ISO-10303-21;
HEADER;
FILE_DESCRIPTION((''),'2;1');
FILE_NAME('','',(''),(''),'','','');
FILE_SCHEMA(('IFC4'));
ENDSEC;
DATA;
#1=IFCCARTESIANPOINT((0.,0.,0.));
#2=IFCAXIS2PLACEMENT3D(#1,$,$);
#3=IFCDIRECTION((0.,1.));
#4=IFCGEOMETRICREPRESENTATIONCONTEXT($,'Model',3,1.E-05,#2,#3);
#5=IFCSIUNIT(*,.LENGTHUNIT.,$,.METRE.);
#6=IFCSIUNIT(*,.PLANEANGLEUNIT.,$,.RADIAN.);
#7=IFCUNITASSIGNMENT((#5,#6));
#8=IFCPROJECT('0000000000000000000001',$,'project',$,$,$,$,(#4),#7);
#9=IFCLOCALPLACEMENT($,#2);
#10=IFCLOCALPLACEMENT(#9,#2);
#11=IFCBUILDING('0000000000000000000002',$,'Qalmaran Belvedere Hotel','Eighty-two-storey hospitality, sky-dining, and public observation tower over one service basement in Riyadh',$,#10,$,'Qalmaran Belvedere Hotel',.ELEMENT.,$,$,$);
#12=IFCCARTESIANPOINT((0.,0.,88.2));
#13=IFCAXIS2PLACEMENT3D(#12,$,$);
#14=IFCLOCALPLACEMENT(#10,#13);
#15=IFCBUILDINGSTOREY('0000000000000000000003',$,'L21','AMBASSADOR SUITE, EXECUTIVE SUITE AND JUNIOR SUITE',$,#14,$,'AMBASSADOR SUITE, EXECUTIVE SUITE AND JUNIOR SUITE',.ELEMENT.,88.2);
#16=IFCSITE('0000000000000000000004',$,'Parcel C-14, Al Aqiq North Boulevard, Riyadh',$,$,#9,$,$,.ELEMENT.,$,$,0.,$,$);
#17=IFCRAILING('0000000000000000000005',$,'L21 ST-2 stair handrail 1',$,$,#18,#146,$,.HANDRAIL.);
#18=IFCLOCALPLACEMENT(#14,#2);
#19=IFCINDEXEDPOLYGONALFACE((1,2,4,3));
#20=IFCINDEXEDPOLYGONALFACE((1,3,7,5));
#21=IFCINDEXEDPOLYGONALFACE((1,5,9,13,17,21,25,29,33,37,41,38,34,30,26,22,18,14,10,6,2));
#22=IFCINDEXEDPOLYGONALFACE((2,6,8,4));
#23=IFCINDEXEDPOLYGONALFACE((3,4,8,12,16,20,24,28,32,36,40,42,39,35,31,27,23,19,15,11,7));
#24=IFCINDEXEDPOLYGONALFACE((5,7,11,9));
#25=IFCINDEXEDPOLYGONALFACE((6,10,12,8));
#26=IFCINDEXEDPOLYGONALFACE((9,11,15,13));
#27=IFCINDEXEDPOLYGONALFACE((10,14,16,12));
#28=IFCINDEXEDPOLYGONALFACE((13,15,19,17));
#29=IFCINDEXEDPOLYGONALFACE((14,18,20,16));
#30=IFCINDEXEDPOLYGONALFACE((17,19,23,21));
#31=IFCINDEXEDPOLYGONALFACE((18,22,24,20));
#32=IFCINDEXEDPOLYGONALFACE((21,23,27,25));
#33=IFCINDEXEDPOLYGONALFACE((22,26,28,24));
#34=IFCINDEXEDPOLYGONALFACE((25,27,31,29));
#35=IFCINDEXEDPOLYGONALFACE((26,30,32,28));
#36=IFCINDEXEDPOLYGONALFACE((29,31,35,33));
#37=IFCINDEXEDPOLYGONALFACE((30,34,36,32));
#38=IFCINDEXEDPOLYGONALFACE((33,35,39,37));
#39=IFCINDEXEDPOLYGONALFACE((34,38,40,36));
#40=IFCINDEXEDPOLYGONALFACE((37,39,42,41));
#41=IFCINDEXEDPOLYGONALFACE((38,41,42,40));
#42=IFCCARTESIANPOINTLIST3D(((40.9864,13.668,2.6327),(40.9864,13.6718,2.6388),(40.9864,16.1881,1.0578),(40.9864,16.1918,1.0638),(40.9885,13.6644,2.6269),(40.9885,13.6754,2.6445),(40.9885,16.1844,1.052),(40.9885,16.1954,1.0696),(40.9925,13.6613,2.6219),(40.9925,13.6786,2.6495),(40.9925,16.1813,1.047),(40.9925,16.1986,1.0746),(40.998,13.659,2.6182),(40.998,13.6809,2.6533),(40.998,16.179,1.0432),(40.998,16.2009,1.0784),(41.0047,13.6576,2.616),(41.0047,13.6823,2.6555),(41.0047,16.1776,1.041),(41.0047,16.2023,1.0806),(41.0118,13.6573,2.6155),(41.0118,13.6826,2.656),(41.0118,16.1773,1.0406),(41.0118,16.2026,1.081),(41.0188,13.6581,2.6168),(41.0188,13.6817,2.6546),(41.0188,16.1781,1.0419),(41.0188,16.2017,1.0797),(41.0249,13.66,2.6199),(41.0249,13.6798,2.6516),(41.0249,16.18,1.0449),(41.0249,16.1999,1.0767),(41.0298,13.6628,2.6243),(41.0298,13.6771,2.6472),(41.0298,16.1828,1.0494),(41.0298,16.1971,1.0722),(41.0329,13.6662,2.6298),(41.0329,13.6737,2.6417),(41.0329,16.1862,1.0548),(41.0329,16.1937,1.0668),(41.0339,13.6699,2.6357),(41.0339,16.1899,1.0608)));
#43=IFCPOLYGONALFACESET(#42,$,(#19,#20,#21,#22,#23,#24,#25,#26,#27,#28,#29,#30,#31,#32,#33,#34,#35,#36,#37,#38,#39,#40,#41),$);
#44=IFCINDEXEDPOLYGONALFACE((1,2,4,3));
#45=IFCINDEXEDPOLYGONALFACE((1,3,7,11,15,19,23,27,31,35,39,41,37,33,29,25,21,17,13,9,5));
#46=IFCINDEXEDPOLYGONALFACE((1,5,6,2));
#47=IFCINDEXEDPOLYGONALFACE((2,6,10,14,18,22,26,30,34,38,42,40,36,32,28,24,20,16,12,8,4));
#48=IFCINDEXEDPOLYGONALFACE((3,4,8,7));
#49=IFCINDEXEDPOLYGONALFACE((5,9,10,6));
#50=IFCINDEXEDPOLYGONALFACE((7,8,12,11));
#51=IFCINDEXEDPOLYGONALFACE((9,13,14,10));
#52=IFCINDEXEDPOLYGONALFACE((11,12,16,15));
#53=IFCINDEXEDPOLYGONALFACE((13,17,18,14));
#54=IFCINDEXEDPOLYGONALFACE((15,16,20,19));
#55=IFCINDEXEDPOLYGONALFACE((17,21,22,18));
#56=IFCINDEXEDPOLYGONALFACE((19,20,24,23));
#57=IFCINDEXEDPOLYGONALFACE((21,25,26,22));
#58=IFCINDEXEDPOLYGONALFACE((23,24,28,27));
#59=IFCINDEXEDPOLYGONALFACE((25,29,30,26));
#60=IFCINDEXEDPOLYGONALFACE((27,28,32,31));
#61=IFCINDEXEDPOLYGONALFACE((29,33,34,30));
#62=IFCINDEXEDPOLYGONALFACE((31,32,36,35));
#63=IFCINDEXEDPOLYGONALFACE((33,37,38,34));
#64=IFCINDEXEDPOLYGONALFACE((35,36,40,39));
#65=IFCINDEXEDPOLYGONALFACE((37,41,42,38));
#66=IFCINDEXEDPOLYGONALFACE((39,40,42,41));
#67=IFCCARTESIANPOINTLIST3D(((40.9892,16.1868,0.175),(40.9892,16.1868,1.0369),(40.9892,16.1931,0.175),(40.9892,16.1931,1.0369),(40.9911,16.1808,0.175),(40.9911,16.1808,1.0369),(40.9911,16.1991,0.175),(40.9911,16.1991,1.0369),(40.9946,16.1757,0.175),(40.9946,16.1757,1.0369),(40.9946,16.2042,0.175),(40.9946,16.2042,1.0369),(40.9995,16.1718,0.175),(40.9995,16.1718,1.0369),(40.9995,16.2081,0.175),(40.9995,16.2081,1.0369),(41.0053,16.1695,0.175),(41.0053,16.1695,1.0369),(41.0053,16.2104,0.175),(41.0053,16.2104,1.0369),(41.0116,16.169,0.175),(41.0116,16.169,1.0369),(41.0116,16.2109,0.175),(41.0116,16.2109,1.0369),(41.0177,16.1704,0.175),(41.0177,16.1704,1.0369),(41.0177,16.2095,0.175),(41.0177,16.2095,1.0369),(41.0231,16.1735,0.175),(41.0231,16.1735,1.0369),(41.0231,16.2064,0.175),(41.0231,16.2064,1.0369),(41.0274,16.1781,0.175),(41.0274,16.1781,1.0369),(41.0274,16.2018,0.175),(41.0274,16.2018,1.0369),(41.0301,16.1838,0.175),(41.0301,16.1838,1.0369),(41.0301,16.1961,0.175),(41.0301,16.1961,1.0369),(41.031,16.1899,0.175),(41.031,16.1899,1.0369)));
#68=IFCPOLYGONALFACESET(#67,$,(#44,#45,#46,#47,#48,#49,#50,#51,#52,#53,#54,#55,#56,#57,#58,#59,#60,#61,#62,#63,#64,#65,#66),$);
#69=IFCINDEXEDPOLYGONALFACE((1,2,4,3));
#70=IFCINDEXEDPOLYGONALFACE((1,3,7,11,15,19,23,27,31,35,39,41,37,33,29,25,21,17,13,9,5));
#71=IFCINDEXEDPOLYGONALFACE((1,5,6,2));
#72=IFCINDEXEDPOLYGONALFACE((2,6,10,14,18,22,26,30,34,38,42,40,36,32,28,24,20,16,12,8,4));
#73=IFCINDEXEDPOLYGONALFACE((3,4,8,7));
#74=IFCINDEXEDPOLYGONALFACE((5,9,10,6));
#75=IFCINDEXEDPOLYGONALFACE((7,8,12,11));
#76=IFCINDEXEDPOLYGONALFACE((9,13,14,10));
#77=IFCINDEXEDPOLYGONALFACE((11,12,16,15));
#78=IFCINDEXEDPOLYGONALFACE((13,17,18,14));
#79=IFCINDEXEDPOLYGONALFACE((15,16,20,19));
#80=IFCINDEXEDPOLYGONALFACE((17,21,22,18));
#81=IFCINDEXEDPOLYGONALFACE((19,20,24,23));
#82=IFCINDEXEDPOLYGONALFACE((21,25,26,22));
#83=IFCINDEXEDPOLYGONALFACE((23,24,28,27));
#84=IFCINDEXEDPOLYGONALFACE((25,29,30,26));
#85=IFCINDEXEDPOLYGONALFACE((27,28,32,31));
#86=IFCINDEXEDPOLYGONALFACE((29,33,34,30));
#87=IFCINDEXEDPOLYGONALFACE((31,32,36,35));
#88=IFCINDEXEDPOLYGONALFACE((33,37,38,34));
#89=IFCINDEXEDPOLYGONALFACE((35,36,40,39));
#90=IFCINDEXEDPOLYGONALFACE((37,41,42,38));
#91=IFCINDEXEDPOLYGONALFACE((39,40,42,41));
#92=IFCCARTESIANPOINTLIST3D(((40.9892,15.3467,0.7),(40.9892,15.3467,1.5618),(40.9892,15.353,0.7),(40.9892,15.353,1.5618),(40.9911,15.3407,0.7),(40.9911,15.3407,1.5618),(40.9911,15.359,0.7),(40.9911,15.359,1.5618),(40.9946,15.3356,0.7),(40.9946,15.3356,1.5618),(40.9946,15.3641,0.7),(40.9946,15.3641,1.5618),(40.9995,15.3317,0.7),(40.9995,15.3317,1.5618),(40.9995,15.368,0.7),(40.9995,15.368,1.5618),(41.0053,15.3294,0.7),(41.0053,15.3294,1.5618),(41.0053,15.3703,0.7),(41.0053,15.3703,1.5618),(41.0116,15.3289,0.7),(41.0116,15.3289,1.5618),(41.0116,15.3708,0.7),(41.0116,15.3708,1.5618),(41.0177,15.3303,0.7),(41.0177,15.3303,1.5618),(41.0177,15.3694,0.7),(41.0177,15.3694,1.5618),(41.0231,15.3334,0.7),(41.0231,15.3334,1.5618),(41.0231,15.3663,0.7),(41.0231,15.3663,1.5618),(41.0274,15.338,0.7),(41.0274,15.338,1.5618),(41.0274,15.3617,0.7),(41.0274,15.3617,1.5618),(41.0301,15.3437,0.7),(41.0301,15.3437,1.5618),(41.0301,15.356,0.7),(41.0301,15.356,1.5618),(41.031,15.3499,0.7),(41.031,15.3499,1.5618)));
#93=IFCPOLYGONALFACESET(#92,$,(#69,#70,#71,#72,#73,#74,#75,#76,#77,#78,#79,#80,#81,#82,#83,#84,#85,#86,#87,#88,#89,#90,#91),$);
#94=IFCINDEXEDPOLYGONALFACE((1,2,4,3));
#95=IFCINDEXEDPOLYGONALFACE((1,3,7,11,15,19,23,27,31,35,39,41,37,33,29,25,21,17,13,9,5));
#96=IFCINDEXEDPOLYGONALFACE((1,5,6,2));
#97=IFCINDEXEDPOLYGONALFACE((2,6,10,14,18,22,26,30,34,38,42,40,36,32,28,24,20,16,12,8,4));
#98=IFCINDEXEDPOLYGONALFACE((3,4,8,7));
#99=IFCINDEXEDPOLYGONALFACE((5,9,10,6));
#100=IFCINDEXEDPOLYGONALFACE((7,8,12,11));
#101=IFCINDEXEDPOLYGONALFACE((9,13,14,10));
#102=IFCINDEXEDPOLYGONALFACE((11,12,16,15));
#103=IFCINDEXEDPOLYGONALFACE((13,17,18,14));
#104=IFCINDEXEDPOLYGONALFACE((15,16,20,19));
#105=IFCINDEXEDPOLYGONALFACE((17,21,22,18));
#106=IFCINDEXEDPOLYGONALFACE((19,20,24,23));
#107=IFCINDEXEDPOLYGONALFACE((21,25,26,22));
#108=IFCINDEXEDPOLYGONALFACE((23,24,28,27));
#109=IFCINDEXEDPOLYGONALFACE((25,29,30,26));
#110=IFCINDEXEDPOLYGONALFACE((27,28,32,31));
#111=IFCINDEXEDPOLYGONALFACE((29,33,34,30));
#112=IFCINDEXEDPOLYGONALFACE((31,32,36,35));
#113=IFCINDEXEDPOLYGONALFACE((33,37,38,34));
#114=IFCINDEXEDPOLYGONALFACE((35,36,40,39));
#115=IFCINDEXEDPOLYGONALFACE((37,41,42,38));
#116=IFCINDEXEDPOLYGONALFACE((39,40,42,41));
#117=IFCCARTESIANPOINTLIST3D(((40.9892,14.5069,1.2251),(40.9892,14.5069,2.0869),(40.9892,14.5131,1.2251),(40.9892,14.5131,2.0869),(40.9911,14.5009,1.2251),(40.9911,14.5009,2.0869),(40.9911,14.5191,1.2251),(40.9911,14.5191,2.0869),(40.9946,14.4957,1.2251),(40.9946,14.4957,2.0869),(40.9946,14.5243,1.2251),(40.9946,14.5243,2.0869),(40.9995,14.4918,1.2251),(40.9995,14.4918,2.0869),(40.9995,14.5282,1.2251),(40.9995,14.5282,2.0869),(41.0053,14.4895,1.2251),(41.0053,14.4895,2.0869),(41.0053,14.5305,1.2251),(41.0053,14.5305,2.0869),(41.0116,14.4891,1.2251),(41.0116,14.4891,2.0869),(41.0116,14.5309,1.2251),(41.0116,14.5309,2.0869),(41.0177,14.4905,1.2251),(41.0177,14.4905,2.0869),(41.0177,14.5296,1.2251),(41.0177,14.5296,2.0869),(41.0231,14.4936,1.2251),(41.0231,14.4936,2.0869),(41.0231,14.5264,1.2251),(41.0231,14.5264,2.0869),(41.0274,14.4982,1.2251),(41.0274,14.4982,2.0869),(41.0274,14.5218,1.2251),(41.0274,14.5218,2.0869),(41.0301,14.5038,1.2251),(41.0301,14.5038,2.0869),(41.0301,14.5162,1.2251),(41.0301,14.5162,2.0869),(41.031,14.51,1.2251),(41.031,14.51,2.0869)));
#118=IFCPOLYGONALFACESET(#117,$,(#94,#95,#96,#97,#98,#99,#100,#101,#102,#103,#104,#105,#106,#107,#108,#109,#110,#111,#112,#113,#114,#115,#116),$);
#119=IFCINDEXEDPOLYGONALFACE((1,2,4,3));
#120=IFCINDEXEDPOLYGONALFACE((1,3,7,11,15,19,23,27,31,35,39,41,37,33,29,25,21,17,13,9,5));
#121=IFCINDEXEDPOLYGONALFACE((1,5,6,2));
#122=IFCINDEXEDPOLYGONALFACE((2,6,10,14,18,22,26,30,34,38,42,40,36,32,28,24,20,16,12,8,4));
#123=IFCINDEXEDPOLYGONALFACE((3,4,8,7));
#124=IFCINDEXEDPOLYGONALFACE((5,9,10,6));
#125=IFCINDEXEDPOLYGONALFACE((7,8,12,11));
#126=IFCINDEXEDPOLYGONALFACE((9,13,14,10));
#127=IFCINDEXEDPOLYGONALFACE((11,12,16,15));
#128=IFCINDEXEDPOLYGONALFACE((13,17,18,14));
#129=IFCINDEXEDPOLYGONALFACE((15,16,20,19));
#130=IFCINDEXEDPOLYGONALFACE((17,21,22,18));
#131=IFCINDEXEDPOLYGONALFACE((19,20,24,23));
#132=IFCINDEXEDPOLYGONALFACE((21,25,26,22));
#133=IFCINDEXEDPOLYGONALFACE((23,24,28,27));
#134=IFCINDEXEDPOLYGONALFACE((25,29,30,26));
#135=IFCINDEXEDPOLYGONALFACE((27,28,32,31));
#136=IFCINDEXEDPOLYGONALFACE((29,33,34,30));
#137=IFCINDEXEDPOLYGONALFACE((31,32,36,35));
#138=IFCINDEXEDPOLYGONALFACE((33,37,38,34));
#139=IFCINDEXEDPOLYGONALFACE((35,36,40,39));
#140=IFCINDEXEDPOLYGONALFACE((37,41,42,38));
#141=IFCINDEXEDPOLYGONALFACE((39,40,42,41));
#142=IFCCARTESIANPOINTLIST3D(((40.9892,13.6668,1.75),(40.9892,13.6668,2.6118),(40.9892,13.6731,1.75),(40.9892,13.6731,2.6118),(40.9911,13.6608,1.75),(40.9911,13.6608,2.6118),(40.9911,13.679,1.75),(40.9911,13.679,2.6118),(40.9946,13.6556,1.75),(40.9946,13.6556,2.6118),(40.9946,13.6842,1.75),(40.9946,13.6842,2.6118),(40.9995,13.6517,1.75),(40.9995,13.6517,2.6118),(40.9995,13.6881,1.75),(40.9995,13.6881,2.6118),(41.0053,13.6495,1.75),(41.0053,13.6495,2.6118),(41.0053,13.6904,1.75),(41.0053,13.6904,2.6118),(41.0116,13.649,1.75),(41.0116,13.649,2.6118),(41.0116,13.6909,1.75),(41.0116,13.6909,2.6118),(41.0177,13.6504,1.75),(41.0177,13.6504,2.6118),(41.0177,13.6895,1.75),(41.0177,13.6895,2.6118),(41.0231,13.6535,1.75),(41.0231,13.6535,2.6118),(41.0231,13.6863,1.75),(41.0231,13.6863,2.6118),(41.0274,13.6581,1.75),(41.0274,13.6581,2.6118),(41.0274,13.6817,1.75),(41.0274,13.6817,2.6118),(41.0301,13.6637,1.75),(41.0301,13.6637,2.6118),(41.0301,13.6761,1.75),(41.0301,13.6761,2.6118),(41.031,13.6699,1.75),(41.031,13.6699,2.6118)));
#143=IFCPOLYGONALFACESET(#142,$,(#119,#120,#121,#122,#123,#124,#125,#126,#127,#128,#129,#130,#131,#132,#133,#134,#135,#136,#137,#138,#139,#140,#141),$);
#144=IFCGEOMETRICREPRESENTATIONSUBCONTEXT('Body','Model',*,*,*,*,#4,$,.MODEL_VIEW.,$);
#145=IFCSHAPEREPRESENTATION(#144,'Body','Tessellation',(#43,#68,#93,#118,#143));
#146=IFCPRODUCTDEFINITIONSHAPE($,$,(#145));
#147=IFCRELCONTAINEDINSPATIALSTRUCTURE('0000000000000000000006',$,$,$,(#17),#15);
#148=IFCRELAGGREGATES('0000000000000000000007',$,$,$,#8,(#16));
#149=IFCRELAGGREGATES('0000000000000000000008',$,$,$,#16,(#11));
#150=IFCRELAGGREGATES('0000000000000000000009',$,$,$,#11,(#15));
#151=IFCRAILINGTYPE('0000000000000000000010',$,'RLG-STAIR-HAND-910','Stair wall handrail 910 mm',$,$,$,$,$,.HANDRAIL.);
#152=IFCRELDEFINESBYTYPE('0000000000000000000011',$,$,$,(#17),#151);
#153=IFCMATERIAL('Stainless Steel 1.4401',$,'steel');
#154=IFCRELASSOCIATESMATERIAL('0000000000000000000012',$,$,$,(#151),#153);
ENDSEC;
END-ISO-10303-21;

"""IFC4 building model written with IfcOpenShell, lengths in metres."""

from ifc_helpers import new_model, si_unit, direction, frame, origin, origin_2d, place, context, subcontext, project, spatial, circle, extrude, material, type_object, element, save


model = new_model("IFC4")

# Units and contexts
model_context = context("Model", 3, precision=1e-05, world=origin(), true_north=direction((0.0, 1.0)))
body_context = subcontext(model_context, "Body", "Model", "MODEL_VIEW")
ifc_project = project(units=[si_unit("LENGTHUNIT", "METRE"), si_unit("PLANEANGLEUNIT", "RADIAN")], contexts=[model_context])

# Site, building, storey
site_placement = place(None, origin())
site = spatial("IfcSite", under=ifc_project, at=site_placement, Name="Parcel C-14, Al Aqiq North Boulevard, Riyadh", CompositionType="ELEMENT", RefElevation=0.0)
building_placement = place(site_placement, origin())
building = spatial("IfcBuilding", under=site, at=building_placement, Name="Qalmaran Belvedere Hotel", Description="Eighty-two-storey hospitality, sky-dining, and public observation tower over one service basement in Riyadh", LongName="Qalmaran Belvedere Hotel", CompositionType="ELEMENT")
storey_placement = place(building_placement, frame((0.0, 0.0, 88.2)))
storey = spatial("IfcBuildingStorey", under=building, at=storey_placement, Name="L21", Description="AMBASSADOR SUITE, EXECUTIVE SUITE AND JUNIOR SUITE", LongName="AMBASSADOR SUITE, EXECUTIVE SUITE AND JUNIOR SUITE", CompositionType="ELEMENT", Elevation=88.2)

# Shared definitions
ifc_material_1 = material(Name="Stainless Steel 1.4401", Category="steel")

# Railing
railing_type_1 = type_object("IfcRailingType", Name="RLG-STAIR-HAND-910", Description="Stair wall handrail 910 mm", PredefinedType="HANDRAIL", material=ifc_material_1)
railing_1_placement = place(storey_placement, frame((41.01, 16.1899, 0.175)))
element("IfcRailing", 1, at=railing_1_placement, inside=storey, type_object=railing_type_1, Name="L21 ST-2 stair handrail 1", PredefinedType="HANDRAIL", context=body_context, shape_type="SweptSolid", body=[
    extrude(circle(Radius=0.0239, at=origin_2d()), frame((0.0, 0.0, 0.8857), z_axis=(0.0, -0.848008, 0.529984), x_axis=(1.0, 0.0, 0.0)), (0.0, 0.0, 1.0), 2.9717),
    extrude(circle(Radius=0.021, at=origin_2d()), origin(), (0.0, 0.0, 1.0), 0.8618),
    extrude(circle(Radius=0.021, at=origin_2d()), frame((0.0, -0.8401, 0.5249)), (0.0, 0.0, 1.0), 0.8618),
    extrude(circle(Radius=0.021, at=origin_2d()), frame((0.0, -1.6799, 1.05)), (0.0, 0.0, 1.0), 0.8618),
    extrude(circle(Radius=0.021, at=origin_2d()), frame((0.0, -2.52, 1.575)), (0.0, 0.0, 1.0), 0.8618),
])

save(model, "model.ifc")
